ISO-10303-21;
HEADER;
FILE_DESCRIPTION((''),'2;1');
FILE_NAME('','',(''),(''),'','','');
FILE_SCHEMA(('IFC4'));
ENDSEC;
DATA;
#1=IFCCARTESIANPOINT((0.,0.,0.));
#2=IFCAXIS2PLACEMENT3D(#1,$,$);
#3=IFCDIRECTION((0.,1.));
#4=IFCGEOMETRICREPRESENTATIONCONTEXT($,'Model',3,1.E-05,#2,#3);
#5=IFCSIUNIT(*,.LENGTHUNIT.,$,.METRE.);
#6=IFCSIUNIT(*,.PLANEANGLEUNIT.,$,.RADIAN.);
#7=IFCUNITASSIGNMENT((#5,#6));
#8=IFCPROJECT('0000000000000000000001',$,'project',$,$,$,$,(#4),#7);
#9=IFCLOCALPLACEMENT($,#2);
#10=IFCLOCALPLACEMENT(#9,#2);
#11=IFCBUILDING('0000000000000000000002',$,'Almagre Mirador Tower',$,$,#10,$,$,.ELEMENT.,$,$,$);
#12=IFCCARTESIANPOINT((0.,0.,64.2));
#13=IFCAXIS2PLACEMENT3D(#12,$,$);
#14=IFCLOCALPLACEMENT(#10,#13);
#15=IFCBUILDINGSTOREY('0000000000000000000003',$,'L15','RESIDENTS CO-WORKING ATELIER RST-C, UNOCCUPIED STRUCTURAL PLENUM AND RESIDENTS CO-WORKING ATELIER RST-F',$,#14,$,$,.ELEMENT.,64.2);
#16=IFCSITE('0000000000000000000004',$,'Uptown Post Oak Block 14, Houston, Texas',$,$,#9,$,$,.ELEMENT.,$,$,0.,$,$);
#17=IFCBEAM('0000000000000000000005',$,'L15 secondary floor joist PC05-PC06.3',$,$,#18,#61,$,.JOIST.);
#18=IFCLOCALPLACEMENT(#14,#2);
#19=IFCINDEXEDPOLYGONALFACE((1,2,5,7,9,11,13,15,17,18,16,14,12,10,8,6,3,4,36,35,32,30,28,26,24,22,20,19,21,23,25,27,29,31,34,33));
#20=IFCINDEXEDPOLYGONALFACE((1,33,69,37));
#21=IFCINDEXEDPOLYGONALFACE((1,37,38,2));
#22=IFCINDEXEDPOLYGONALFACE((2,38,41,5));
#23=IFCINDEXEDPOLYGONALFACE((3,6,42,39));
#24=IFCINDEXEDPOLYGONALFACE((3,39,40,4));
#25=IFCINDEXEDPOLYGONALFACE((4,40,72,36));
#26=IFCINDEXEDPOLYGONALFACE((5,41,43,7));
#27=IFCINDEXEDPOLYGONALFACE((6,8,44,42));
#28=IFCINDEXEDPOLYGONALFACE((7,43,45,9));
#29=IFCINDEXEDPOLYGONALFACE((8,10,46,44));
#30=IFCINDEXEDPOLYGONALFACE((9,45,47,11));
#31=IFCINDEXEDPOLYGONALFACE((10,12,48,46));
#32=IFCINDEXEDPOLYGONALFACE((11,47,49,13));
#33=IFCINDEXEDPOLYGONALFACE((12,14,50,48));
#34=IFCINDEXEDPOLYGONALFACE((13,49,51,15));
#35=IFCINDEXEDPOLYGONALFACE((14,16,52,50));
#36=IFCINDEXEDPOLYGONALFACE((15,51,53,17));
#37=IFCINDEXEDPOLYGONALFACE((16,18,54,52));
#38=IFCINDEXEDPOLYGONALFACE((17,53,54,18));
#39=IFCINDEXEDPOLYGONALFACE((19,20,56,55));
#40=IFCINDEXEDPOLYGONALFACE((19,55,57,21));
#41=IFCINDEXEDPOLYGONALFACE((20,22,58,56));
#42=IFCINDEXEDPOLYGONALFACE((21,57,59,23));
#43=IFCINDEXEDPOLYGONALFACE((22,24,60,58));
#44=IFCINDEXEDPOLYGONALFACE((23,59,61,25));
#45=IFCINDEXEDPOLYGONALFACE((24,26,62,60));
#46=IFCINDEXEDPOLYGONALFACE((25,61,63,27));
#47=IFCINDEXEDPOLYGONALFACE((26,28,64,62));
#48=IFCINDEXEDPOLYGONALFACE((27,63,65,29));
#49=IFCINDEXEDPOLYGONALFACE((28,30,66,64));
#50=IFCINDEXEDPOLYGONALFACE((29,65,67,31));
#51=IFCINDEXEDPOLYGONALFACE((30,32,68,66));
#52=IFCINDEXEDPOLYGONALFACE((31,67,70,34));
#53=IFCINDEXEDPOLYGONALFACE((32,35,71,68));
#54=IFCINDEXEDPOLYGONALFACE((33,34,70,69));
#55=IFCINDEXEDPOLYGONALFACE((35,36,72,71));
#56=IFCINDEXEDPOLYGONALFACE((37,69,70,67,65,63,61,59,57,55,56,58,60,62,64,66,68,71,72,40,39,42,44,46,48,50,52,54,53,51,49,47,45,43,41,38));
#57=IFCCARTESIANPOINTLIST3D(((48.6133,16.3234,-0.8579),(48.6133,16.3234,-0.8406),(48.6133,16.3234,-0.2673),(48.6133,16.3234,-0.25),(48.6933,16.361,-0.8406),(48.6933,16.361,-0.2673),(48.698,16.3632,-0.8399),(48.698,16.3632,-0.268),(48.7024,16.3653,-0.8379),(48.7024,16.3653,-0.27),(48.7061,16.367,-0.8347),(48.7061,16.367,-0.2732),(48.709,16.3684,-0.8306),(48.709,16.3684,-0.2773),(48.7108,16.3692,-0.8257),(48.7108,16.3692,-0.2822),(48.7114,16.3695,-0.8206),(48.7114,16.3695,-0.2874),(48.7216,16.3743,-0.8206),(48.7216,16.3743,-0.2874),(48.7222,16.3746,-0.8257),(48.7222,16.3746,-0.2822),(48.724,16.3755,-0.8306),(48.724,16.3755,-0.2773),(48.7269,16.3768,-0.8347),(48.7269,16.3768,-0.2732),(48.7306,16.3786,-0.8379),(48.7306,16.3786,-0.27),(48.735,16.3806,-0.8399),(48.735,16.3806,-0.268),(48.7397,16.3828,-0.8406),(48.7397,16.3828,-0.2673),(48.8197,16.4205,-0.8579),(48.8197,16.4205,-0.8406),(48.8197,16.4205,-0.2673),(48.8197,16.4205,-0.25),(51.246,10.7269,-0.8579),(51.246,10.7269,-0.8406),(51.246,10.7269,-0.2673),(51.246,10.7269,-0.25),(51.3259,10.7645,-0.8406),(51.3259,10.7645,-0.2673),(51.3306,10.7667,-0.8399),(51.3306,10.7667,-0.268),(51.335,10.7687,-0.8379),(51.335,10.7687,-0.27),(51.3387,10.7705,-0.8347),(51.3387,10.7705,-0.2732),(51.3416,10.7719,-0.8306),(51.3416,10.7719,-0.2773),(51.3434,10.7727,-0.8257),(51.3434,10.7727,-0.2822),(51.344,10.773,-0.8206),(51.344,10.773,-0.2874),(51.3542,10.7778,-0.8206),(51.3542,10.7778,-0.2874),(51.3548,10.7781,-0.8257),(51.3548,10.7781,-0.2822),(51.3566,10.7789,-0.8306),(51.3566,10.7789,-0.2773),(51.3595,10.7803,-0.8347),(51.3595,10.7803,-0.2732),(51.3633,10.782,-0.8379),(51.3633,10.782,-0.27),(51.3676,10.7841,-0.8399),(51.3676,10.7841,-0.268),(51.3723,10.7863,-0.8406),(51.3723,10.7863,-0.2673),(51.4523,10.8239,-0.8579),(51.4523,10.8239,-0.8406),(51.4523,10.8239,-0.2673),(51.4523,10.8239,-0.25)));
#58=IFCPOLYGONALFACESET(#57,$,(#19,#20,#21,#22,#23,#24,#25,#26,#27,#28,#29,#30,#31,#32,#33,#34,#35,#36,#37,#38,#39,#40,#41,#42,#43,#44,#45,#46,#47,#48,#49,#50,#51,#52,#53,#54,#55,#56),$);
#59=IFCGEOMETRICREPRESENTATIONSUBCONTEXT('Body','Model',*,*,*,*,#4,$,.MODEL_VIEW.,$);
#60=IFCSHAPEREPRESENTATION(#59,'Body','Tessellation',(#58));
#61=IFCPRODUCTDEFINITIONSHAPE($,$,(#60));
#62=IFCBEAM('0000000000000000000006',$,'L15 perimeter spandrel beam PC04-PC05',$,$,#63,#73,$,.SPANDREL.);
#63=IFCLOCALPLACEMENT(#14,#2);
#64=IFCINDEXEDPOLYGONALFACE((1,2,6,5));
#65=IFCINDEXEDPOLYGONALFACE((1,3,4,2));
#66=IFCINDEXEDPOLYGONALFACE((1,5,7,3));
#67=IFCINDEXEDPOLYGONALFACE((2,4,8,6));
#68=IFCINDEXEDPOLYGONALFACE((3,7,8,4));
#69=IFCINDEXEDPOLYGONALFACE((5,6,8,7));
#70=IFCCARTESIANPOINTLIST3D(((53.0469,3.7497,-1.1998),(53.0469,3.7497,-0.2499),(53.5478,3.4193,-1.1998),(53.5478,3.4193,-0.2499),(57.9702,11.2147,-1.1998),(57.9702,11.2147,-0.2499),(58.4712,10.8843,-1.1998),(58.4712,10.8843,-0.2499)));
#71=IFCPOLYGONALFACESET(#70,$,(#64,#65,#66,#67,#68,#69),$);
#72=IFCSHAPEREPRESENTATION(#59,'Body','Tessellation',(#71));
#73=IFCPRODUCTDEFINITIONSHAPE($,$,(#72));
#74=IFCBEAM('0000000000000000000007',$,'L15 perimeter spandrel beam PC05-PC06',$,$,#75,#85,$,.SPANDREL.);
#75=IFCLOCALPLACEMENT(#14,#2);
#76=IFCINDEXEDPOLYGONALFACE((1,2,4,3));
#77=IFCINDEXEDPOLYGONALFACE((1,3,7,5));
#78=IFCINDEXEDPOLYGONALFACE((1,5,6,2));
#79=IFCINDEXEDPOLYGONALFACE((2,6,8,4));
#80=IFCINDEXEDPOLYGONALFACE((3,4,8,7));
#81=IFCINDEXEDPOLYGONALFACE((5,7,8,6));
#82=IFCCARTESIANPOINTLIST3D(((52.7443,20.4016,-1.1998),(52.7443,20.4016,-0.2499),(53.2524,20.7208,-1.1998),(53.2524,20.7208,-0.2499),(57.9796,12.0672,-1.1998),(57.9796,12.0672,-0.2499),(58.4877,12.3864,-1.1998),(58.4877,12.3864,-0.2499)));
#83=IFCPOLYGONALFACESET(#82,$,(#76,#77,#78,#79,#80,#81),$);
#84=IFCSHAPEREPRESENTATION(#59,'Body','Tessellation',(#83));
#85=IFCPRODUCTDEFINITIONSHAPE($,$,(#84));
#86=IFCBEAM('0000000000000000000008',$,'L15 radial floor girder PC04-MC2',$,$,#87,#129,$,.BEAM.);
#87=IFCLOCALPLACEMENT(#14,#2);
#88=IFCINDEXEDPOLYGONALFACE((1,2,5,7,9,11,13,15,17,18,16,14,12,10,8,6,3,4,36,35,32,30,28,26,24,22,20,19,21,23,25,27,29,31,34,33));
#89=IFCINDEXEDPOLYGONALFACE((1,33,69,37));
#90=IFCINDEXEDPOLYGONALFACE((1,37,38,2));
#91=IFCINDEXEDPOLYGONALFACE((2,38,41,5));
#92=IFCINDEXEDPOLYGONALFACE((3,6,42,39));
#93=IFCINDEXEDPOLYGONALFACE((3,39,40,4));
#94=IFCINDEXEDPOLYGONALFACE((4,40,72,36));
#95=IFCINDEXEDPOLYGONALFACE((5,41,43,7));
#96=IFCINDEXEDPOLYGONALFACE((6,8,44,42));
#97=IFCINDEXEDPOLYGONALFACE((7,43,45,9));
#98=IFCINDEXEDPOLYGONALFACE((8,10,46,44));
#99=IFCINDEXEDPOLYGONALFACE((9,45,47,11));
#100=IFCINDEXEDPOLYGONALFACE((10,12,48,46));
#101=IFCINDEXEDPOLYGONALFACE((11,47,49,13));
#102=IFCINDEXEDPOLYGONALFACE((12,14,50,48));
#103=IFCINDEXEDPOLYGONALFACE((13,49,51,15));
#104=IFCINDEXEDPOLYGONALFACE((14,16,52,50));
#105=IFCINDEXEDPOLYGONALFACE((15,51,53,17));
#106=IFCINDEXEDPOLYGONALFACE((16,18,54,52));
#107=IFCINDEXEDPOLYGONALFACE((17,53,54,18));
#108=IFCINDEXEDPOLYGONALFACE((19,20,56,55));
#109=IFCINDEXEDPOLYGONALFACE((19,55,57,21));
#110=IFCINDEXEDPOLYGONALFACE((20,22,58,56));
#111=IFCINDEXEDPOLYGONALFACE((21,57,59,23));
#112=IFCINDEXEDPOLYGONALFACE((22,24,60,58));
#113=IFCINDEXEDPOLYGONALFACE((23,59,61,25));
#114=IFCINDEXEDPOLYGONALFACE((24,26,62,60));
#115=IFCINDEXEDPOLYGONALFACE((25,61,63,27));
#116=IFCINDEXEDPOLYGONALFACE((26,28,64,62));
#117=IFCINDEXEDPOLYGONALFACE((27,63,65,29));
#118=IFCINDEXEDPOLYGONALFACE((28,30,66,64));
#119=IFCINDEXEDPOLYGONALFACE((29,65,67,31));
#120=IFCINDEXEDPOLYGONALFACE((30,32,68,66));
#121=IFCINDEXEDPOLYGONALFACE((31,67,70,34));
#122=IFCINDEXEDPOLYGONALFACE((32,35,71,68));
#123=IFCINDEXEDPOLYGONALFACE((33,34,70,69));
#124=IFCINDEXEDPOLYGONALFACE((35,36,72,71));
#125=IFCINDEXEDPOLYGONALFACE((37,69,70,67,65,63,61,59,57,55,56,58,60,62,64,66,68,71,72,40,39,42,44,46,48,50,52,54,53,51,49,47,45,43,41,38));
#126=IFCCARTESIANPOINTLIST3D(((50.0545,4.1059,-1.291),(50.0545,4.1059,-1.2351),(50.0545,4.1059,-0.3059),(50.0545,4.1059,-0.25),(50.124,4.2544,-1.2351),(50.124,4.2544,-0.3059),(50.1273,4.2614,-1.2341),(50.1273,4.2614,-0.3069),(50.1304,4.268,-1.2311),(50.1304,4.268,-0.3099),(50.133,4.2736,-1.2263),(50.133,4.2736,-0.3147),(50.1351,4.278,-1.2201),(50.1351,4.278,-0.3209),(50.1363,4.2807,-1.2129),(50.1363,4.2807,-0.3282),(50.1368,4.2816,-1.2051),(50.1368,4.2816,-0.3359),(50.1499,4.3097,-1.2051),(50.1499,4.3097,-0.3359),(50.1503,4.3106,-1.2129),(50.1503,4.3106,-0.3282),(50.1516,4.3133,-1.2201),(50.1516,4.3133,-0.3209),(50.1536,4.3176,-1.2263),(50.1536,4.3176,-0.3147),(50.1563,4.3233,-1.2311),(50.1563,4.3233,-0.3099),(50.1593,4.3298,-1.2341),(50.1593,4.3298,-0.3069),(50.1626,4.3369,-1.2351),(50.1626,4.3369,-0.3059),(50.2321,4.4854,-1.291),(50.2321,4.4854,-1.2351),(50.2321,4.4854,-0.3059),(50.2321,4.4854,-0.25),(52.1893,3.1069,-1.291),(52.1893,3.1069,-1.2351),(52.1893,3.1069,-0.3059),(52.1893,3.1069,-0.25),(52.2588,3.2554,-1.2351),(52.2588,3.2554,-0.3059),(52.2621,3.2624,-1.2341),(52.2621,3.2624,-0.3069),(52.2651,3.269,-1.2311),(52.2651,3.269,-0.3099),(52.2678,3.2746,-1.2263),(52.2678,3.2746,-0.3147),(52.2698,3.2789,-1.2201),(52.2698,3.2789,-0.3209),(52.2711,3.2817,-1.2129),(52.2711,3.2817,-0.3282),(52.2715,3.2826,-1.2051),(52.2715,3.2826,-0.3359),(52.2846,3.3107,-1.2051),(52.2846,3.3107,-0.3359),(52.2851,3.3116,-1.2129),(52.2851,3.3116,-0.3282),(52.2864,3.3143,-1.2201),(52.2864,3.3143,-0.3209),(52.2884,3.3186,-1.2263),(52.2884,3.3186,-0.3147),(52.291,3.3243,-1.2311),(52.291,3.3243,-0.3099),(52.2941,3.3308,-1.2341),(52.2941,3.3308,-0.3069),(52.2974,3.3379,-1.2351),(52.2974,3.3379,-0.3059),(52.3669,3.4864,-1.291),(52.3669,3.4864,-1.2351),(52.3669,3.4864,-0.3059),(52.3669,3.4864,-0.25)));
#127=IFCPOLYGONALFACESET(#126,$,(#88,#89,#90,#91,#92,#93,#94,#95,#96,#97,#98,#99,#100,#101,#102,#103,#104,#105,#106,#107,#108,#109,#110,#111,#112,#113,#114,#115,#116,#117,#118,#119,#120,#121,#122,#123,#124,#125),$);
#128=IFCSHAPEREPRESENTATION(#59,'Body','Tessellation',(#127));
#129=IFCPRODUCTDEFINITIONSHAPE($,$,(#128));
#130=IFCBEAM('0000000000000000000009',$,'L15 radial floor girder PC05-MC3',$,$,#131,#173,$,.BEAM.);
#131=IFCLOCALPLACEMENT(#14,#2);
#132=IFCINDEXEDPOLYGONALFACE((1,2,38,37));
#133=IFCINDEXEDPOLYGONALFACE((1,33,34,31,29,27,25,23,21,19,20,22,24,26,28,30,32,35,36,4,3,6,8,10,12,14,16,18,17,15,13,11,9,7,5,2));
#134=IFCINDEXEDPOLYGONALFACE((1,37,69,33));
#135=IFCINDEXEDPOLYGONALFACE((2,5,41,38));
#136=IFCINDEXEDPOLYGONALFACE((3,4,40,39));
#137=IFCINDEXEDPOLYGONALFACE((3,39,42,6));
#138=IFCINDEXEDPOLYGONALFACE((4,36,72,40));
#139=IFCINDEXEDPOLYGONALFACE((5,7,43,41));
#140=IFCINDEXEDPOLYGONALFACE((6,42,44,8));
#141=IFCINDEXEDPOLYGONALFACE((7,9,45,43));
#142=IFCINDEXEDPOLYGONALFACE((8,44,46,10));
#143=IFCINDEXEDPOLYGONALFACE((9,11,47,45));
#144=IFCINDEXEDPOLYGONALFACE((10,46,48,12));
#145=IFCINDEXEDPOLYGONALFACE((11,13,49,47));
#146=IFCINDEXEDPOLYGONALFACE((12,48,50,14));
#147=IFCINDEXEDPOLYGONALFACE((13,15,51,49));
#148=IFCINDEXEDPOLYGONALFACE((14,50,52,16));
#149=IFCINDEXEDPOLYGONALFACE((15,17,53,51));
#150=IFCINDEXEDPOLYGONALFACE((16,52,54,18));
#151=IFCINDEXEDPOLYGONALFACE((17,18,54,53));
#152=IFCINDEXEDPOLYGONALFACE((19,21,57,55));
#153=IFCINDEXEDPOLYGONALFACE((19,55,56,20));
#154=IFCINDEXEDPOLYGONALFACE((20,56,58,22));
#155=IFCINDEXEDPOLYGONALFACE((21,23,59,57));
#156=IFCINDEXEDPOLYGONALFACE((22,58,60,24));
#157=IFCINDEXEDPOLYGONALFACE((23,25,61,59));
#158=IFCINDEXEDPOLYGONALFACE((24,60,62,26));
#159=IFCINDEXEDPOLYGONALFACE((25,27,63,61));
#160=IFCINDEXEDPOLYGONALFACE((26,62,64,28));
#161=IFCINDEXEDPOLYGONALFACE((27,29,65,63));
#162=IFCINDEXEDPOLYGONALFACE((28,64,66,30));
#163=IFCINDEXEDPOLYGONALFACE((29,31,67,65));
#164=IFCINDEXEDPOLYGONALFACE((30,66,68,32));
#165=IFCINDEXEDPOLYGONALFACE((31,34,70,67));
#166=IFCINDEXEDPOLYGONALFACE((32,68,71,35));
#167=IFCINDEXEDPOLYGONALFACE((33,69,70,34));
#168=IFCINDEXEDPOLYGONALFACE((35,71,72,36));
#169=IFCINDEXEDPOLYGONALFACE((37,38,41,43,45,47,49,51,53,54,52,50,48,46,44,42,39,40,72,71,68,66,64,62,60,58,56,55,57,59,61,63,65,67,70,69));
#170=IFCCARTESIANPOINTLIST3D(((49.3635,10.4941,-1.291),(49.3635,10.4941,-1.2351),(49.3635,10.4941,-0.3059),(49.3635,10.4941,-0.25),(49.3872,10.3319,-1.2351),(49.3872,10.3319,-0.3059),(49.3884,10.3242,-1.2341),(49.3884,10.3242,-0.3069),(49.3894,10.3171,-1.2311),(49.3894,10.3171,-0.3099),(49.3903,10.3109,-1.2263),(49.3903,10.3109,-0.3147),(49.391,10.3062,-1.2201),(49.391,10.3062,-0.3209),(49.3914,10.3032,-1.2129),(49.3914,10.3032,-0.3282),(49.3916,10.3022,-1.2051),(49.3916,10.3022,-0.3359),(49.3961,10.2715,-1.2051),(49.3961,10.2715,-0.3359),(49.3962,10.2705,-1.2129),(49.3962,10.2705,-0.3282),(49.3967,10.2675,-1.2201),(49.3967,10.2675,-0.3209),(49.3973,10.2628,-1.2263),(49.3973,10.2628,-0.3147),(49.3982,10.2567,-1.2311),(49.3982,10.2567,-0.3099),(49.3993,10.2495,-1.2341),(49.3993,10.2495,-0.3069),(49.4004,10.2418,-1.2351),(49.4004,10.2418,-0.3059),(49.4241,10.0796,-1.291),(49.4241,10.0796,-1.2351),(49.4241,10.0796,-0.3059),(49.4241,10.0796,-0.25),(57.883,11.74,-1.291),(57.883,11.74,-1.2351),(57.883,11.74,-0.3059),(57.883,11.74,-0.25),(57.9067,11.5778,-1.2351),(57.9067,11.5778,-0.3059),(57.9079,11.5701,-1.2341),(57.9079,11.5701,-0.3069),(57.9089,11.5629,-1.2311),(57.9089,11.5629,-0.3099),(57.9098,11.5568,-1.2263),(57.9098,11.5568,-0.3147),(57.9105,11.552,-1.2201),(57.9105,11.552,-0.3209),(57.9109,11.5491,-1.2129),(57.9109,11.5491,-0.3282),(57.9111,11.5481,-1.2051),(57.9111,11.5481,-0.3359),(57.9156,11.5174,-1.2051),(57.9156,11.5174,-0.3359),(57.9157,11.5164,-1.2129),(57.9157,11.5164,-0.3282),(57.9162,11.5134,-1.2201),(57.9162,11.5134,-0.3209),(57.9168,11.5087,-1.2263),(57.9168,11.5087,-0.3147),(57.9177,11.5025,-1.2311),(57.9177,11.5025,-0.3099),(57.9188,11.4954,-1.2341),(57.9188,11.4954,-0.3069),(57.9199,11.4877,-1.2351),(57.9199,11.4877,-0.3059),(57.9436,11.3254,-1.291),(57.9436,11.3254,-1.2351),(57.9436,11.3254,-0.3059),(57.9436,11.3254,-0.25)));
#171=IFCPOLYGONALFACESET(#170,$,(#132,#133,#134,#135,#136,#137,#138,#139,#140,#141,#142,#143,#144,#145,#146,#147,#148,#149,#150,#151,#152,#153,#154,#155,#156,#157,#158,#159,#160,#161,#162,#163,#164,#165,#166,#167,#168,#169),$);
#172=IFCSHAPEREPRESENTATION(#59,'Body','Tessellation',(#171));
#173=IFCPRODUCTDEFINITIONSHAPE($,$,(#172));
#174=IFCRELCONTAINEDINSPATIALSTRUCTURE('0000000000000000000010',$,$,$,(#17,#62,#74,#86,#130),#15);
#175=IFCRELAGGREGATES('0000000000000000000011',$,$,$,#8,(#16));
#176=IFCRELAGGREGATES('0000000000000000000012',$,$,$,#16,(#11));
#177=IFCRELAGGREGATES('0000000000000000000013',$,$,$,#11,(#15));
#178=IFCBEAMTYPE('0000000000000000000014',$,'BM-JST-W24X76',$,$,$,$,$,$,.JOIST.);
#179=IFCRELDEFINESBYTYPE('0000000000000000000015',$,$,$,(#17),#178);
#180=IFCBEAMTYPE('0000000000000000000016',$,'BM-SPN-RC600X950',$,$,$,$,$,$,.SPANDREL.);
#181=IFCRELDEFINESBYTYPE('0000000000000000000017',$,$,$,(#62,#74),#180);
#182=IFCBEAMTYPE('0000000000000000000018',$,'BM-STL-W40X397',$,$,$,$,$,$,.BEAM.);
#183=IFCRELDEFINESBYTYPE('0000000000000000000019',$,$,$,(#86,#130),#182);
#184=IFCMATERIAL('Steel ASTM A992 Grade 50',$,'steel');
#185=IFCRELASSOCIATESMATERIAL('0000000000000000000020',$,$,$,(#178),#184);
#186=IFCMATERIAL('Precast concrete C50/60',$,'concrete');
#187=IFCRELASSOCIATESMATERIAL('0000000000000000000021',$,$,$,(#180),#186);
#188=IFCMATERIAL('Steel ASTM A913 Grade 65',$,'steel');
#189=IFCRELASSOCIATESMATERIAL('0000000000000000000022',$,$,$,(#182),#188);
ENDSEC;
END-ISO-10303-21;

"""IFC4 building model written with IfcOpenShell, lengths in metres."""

from ifc_helpers import new_model, si_unit, direction, frame, origin, origin_2d, place, context, subcontext, project, spatial, rectangle, i_section, extrude, material, material_profile, profile_set, type_object, element, save


model = new_model("IFC4")

# Units and contexts
model_context = context("Model", 3, precision=1e-05, world=origin(), true_north=direction((0.0, 1.0)))
body_context = subcontext(model_context, "Body", "Model", "MODEL_VIEW")
ifc_project = project(units=[si_unit("LENGTHUNIT", "METRE"), si_unit("PLANEANGLEUNIT", "RADIAN")], contexts=[model_context])

# Site, building, storey
site_placement = place(None, origin())
site = spatial("IfcSite", under=ifc_project, at=site_placement, Name="Uptown Post Oak Block 14, Houston, Texas", CompositionType="ELEMENT", RefElevation=0.0)
building_placement = place(site_placement, origin())
building = spatial("IfcBuilding", under=site, at=building_placement, Name="Almagre Mirador Tower", CompositionType="ELEMENT")
storey_placement = place(building_placement, frame((0.0, 0.0, 64.2)))
storey = spatial("IfcBuildingStorey", under=building, at=storey_placement, Name="L15", Description="RESIDENTS CO-WORKING ATELIER RST-C, UNOCCUPIED STRUCTURAL PLENUM AND RESIDENTS CO-WORKING ATELIER RST-F", CompositionType="ELEMENT", Elevation=64.2)

# Beams
ifc_material_1 = material(Name="Steel ASTM A992 Grade 50", Category="steel")
ifc_material_profile_1 = material_profile(ifc_material_1, i_section(OverallWidth=0.228, OverallDepth=0.6079, WebThickness=0.0112, FlangeThickness=0.0173, FilletRadius=0.02, at=origin_2d()), Name="W24X76")
ifc_profile_set_1 = profile_set([ifc_material_profile_1], Name="Steel ASTM A992 Grade 50")
beam_type_1 = type_object("IfcBeamType", Name="BM-JST-W24X76", PredefinedType="JOIST", material=ifc_profile_set_1)
beam_1_placement = place(storey_placement, frame((51.3491, 10.7754, -0.554), z_axis=(-0.425658, 0.904884, 0.0), x_axis=(-0.904884, -0.425658, 0.0)))
element("IfcBeam", 1, at=beam_1_placement, inside=storey, type_object=beam_type_1, Name="L15 secondary floor joist PC05-PC06.3", PredefinedType="JOIST", context=body_context, shape_type="SweptSolid", body=[
    extrude(i_section(OverallWidth=0.228, OverallDepth=0.6079, WebThickness=0.0112, FlangeThickness=0.0173, FilletRadius=0.02, at=origin_2d()), origin(), (0.0, 0.0, 1.0), 6.1848),
])
ifc_material_2 = material(Name="Precast concrete C50/60", Category="concrete")
ifc_material_profile_2 = material_profile(ifc_material_2, rectangle(XDim=0.6001, YDim=0.95, at=origin_2d()), Name="RC600X950")
ifc_profile_set_2 = profile_set([ifc_material_profile_2], Name="Precast concrete C50/60")
beam_type_2 = type_object("IfcBeamType", Name="BM-SPN-RC600X950", PredefinedType="SPANDREL", material=ifc_profile_set_2)
beam_2_placement = place(storey_placement, frame((53.2974, 3.5845, -0.7249), z_axis=(0.55056, 0.834795, 0.0), x_axis=(-0.834795, 0.55056, 0.0)))
element("IfcBeam", 2, at=beam_2_placement, inside=storey, type_object=beam_type_2, Name="L15 perimeter spandrel beam PC04-PC05", PredefinedType="SPANDREL", context=body_context, shape_type="SweptSolid", body=[
    extrude(rectangle(XDim=0.6001, YDim=0.95, at=origin_2d()), origin(), (0.0, 0.0, 1.0), 8.9424),
])
beam_3_placement = place(storey_placement, frame((58.2336, 12.2268, -0.7249), z_axis=(-0.53192, 0.846795, 0.0), x_axis=(-0.846795, -0.53192, 0.0)))
element("IfcBeam", 3, at=beam_3_placement, inside=storey, type_object=beam_type_2, Name="L15 perimeter spandrel beam PC05-PC06", PredefinedType="SPANDREL", context=body_context, shape_type="SweptSolid", body=[
    extrude(rectangle(XDim=0.6001, YDim=0.95, at=origin_2d()), origin(), (0.0, 0.0, 1.0), 9.8423),
])
ifc_material_3 = material(Name="Steel ASTM A913 Grade 65", Category="steel")
ifc_material_profile_3 = material_profile(ifc_material_3, i_section(OverallWidth=0.4189, OverallDepth=1.041, WebThickness=0.031, FlangeThickness=0.0559, FilletRadius=0.03, at=origin_2d()), Name="W40X397")
ifc_profile_set_3 = profile_set([ifc_material_profile_3], Name="Steel ASTM A913 Grade 65")
beam_type_3 = type_object("IfcBeamType", Name="BM-STL-W40X397", PredefinedType="BEAM", material=ifc_profile_set_3)
beam_4_placement = place(storey_placement, frame((52.2781, 3.2966, -0.7705), z_axis=(-0.905727, 0.423861, 0.0), x_axis=(-0.423861, -0.905727, 0.0)))
element("IfcBeam", 4, at=beam_4_placement, inside=storey, type_object=beam_type_3, Name="L15 radial floor girder PC04-MC2", PredefinedType="BEAM", context=body_context, shape_type="SweptSolid", body=[
    extrude(i_section(OverallWidth=0.4189, OverallDepth=1.041, WebThickness=0.031, FlangeThickness=0.0559, FilletRadius=0.03, at=origin_2d()), origin(), (0.0, 0.0, 1.0), 2.3569),
])
beam_5_placement = place(storey_placement, frame((57.9133, 11.5327, -0.7705), z_axis=(-0.989476, -0.144696, 0.0), x_axis=(0.144696, -0.989476, 0.0)))
element("IfcBeam", 5, at=beam_5_placement, inside=storey, type_object=beam_type_3, Name="L15 radial floor girder PC05-MC3", PredefinedType="BEAM", context=body_context, shape_type="SweptSolid", body=[
    extrude(i_section(OverallWidth=0.4189, OverallDepth=1.041, WebThickness=0.031, FlangeThickness=0.0559, FilletRadius=0.03, at=origin_2d()), origin(), (0.0, 0.0, 1.0), 8.6101),
])

save(model, "model.ifc")
